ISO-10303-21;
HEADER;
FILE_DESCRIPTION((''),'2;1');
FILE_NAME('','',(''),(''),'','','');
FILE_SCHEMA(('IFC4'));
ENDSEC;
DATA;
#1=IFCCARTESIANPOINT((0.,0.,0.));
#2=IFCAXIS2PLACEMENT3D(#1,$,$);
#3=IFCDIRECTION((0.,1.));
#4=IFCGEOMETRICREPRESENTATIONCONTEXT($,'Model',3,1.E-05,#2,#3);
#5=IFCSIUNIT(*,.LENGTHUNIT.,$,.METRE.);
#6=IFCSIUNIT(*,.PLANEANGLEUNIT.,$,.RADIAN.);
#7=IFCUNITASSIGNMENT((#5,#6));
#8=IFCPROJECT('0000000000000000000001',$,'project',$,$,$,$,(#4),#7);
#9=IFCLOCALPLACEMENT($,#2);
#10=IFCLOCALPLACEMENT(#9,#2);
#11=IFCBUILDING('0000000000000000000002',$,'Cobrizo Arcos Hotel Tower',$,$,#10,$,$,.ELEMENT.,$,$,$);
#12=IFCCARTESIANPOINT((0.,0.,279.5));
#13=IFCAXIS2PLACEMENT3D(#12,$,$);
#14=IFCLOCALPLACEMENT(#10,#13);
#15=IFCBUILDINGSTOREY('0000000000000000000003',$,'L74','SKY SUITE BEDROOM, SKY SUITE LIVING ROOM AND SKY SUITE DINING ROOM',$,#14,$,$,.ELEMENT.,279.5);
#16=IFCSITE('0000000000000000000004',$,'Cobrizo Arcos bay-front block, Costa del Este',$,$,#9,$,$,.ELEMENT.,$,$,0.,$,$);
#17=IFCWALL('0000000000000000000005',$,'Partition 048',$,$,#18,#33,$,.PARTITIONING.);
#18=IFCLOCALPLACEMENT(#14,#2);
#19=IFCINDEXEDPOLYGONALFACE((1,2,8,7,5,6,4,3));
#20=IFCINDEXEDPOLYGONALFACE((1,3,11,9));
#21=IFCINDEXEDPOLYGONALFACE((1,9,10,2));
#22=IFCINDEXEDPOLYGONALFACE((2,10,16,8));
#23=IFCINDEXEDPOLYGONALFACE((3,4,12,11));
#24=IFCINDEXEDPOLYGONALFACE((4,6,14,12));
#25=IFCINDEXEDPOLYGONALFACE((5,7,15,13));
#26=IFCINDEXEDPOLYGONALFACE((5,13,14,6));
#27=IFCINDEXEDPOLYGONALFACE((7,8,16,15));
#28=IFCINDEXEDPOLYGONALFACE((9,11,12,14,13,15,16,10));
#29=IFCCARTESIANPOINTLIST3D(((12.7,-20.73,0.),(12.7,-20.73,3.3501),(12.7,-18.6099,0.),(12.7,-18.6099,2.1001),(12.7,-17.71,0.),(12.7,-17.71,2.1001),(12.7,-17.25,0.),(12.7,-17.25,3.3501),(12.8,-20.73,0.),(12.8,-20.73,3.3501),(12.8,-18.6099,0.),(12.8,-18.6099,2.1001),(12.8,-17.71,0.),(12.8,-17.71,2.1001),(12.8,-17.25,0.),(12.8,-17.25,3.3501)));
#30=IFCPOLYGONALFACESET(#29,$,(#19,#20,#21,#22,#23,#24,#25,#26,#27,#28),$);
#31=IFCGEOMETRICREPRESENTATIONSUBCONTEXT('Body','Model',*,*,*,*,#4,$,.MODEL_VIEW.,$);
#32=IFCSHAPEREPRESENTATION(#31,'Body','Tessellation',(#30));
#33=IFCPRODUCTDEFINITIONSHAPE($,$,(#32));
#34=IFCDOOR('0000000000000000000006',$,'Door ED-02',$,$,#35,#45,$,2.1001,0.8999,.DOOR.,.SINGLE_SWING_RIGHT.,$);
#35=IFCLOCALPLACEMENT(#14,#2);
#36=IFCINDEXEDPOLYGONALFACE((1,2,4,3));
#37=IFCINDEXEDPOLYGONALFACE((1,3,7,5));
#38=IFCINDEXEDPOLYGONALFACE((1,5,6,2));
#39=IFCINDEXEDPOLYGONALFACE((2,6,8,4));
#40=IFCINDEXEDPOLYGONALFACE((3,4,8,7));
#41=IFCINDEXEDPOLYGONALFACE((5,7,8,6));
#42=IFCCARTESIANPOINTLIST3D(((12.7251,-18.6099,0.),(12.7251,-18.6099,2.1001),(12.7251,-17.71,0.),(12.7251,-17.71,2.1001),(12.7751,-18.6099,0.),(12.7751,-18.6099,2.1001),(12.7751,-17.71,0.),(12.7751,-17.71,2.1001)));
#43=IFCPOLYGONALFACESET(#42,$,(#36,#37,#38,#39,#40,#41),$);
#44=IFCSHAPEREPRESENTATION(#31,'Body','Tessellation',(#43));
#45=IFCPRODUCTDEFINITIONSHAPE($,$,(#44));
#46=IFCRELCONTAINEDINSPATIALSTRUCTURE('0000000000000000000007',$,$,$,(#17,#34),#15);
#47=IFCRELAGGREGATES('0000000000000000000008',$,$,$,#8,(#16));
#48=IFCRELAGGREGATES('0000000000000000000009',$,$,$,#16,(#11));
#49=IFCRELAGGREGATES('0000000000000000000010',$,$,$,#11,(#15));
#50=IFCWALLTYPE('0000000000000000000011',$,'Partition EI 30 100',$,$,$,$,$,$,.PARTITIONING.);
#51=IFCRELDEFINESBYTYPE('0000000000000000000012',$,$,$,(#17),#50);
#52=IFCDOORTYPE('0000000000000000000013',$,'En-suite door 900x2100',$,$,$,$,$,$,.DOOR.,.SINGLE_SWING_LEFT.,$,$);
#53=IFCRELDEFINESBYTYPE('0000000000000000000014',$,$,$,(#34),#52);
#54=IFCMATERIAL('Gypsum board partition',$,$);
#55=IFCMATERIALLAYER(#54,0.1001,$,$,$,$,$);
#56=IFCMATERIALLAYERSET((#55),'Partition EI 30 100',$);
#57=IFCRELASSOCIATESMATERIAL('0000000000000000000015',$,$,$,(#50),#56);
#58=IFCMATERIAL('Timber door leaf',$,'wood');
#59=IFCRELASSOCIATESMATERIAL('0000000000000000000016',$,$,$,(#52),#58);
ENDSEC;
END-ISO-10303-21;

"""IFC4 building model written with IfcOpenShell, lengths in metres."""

from ifc_helpers import new_model, si_unit, direction, frame, frame_2d, origin, place, context, subcontext, project, spatial, rectangle, extrude, material, layer, layer_set, type_object, element, fill, save


model = new_model("IFC4")

# Units and contexts
model_context = context("Model", 3, precision=1e-05, world=origin(), true_north=direction((0.0, 1.0)))
body_context = subcontext(model_context, "Body", "Model", "MODEL_VIEW")
ifc_project = project(units=[si_unit("LENGTHUNIT", "METRE"), si_unit("PLANEANGLEUNIT", "RADIAN")], contexts=[model_context])

# Site, building, storey
site_placement = place(None, origin())
site = spatial("IfcSite", under=ifc_project, at=site_placement, Name="Cobrizo Arcos bay-front block, Costa del Este", CompositionType="ELEMENT", RefElevation=0.0)
building_placement = place(site_placement, origin())
building = spatial("IfcBuilding", under=site, at=building_placement, Name="Cobrizo Arcos Hotel Tower", CompositionType="ELEMENT")
storey_placement = place(building_placement, frame((0.0, 0.0, 279.5)))
storey = spatial("IfcBuildingStorey", under=building, at=storey_placement, Name="L74", Description="SKY SUITE BEDROOM, SKY SUITE LIVING ROOM AND SKY SUITE DINING ROOM", CompositionType="ELEMENT", Elevation=279.5)

# Shared definitions
ifc_material_1 = material(Name="Gypsum board partition")

# Shared definitions
ifc_material_2 = material(Name="Timber door leaf", Category="wood")

# Shared definitions
ifc_layer_1 = layer(ifc_material_1, 0.1001)
ifc_layer_set_1 = layer_set([ifc_layer_1], Name="Partition EI 30 100")
wall_type_1 = type_object("IfcWallType", Name="Partition EI 30 100", PredefinedType="PARTITIONING", material=ifc_layer_set_1)

# Wall, opening, door
wall_1_placement = place(storey_placement, frame((12.75, -20.73, 0.0), z_axis=(0.0, 0.0, 1.0), x_axis=(0.0, 1.0, 0.0)))
wall_1 = element("IfcWall", 1, at=wall_1_placement, inside=storey, type_object=wall_type_1, Name="Partition 048", PredefinedType="PARTITIONING", context=body_context, shape_type="SweptSolid", body=[
    extrude(rectangle(XDim=3.48, YDim=0.1001, at=frame_2d((1.74, 0.0))), origin(), (0.0, 0.0, 1.0), 3.3501),
])
opening_1_placement = place(wall_1_placement, frame((2.1201, 0.0, 0.0)))
opening_1 = element("IfcOpeningElement", 2, at=opening_1_placement, cuts=wall_1, PredefinedType="OPENING", context=body_context, shape_type="SweptSolid", body=[
    extrude(rectangle(XDim=0.8999, YDim=2.1001, at=frame_2d((0.45, 1.05))), frame((0.0, 0.062, 0.0), z_axis=(0.0, -1.0, 0.0), x_axis=(1.0, 0.0, 0.0)), (0.0, 0.0, 1.0), 0.124),
])
door_type_1 = type_object("IfcDoorType", Name="En-suite door 900x2100", OperationType="SINGLE_SWING_LEFT", PredefinedType="DOOR", material=ifc_material_2)
door_1_placement = place(opening_1_placement, origin())
door_1 = element("IfcDoor", 3, at=door_1_placement, inside=storey, type_object=door_type_1, Name="Door ED-02", OperationType="SINGLE_SWING_RIGHT", OverallHeight=2.1001, OverallWidth=0.8999, PredefinedType="DOOR", context=body_context, shape_type="SweptSolid", body=[
    extrude(rectangle(XDim=0.8999, YDim=2.1001, at=frame_2d((0.45, 1.05))), frame((0.0, 0.0249, 0.0), z_axis=(0.0, -1.0, 0.0), x_axis=(1.0, 0.0, 0.0)), (0.0, 0.0, 1.0), 0.05),
])
fill(opening_1, door_1)

save(model, "model.ifc")
